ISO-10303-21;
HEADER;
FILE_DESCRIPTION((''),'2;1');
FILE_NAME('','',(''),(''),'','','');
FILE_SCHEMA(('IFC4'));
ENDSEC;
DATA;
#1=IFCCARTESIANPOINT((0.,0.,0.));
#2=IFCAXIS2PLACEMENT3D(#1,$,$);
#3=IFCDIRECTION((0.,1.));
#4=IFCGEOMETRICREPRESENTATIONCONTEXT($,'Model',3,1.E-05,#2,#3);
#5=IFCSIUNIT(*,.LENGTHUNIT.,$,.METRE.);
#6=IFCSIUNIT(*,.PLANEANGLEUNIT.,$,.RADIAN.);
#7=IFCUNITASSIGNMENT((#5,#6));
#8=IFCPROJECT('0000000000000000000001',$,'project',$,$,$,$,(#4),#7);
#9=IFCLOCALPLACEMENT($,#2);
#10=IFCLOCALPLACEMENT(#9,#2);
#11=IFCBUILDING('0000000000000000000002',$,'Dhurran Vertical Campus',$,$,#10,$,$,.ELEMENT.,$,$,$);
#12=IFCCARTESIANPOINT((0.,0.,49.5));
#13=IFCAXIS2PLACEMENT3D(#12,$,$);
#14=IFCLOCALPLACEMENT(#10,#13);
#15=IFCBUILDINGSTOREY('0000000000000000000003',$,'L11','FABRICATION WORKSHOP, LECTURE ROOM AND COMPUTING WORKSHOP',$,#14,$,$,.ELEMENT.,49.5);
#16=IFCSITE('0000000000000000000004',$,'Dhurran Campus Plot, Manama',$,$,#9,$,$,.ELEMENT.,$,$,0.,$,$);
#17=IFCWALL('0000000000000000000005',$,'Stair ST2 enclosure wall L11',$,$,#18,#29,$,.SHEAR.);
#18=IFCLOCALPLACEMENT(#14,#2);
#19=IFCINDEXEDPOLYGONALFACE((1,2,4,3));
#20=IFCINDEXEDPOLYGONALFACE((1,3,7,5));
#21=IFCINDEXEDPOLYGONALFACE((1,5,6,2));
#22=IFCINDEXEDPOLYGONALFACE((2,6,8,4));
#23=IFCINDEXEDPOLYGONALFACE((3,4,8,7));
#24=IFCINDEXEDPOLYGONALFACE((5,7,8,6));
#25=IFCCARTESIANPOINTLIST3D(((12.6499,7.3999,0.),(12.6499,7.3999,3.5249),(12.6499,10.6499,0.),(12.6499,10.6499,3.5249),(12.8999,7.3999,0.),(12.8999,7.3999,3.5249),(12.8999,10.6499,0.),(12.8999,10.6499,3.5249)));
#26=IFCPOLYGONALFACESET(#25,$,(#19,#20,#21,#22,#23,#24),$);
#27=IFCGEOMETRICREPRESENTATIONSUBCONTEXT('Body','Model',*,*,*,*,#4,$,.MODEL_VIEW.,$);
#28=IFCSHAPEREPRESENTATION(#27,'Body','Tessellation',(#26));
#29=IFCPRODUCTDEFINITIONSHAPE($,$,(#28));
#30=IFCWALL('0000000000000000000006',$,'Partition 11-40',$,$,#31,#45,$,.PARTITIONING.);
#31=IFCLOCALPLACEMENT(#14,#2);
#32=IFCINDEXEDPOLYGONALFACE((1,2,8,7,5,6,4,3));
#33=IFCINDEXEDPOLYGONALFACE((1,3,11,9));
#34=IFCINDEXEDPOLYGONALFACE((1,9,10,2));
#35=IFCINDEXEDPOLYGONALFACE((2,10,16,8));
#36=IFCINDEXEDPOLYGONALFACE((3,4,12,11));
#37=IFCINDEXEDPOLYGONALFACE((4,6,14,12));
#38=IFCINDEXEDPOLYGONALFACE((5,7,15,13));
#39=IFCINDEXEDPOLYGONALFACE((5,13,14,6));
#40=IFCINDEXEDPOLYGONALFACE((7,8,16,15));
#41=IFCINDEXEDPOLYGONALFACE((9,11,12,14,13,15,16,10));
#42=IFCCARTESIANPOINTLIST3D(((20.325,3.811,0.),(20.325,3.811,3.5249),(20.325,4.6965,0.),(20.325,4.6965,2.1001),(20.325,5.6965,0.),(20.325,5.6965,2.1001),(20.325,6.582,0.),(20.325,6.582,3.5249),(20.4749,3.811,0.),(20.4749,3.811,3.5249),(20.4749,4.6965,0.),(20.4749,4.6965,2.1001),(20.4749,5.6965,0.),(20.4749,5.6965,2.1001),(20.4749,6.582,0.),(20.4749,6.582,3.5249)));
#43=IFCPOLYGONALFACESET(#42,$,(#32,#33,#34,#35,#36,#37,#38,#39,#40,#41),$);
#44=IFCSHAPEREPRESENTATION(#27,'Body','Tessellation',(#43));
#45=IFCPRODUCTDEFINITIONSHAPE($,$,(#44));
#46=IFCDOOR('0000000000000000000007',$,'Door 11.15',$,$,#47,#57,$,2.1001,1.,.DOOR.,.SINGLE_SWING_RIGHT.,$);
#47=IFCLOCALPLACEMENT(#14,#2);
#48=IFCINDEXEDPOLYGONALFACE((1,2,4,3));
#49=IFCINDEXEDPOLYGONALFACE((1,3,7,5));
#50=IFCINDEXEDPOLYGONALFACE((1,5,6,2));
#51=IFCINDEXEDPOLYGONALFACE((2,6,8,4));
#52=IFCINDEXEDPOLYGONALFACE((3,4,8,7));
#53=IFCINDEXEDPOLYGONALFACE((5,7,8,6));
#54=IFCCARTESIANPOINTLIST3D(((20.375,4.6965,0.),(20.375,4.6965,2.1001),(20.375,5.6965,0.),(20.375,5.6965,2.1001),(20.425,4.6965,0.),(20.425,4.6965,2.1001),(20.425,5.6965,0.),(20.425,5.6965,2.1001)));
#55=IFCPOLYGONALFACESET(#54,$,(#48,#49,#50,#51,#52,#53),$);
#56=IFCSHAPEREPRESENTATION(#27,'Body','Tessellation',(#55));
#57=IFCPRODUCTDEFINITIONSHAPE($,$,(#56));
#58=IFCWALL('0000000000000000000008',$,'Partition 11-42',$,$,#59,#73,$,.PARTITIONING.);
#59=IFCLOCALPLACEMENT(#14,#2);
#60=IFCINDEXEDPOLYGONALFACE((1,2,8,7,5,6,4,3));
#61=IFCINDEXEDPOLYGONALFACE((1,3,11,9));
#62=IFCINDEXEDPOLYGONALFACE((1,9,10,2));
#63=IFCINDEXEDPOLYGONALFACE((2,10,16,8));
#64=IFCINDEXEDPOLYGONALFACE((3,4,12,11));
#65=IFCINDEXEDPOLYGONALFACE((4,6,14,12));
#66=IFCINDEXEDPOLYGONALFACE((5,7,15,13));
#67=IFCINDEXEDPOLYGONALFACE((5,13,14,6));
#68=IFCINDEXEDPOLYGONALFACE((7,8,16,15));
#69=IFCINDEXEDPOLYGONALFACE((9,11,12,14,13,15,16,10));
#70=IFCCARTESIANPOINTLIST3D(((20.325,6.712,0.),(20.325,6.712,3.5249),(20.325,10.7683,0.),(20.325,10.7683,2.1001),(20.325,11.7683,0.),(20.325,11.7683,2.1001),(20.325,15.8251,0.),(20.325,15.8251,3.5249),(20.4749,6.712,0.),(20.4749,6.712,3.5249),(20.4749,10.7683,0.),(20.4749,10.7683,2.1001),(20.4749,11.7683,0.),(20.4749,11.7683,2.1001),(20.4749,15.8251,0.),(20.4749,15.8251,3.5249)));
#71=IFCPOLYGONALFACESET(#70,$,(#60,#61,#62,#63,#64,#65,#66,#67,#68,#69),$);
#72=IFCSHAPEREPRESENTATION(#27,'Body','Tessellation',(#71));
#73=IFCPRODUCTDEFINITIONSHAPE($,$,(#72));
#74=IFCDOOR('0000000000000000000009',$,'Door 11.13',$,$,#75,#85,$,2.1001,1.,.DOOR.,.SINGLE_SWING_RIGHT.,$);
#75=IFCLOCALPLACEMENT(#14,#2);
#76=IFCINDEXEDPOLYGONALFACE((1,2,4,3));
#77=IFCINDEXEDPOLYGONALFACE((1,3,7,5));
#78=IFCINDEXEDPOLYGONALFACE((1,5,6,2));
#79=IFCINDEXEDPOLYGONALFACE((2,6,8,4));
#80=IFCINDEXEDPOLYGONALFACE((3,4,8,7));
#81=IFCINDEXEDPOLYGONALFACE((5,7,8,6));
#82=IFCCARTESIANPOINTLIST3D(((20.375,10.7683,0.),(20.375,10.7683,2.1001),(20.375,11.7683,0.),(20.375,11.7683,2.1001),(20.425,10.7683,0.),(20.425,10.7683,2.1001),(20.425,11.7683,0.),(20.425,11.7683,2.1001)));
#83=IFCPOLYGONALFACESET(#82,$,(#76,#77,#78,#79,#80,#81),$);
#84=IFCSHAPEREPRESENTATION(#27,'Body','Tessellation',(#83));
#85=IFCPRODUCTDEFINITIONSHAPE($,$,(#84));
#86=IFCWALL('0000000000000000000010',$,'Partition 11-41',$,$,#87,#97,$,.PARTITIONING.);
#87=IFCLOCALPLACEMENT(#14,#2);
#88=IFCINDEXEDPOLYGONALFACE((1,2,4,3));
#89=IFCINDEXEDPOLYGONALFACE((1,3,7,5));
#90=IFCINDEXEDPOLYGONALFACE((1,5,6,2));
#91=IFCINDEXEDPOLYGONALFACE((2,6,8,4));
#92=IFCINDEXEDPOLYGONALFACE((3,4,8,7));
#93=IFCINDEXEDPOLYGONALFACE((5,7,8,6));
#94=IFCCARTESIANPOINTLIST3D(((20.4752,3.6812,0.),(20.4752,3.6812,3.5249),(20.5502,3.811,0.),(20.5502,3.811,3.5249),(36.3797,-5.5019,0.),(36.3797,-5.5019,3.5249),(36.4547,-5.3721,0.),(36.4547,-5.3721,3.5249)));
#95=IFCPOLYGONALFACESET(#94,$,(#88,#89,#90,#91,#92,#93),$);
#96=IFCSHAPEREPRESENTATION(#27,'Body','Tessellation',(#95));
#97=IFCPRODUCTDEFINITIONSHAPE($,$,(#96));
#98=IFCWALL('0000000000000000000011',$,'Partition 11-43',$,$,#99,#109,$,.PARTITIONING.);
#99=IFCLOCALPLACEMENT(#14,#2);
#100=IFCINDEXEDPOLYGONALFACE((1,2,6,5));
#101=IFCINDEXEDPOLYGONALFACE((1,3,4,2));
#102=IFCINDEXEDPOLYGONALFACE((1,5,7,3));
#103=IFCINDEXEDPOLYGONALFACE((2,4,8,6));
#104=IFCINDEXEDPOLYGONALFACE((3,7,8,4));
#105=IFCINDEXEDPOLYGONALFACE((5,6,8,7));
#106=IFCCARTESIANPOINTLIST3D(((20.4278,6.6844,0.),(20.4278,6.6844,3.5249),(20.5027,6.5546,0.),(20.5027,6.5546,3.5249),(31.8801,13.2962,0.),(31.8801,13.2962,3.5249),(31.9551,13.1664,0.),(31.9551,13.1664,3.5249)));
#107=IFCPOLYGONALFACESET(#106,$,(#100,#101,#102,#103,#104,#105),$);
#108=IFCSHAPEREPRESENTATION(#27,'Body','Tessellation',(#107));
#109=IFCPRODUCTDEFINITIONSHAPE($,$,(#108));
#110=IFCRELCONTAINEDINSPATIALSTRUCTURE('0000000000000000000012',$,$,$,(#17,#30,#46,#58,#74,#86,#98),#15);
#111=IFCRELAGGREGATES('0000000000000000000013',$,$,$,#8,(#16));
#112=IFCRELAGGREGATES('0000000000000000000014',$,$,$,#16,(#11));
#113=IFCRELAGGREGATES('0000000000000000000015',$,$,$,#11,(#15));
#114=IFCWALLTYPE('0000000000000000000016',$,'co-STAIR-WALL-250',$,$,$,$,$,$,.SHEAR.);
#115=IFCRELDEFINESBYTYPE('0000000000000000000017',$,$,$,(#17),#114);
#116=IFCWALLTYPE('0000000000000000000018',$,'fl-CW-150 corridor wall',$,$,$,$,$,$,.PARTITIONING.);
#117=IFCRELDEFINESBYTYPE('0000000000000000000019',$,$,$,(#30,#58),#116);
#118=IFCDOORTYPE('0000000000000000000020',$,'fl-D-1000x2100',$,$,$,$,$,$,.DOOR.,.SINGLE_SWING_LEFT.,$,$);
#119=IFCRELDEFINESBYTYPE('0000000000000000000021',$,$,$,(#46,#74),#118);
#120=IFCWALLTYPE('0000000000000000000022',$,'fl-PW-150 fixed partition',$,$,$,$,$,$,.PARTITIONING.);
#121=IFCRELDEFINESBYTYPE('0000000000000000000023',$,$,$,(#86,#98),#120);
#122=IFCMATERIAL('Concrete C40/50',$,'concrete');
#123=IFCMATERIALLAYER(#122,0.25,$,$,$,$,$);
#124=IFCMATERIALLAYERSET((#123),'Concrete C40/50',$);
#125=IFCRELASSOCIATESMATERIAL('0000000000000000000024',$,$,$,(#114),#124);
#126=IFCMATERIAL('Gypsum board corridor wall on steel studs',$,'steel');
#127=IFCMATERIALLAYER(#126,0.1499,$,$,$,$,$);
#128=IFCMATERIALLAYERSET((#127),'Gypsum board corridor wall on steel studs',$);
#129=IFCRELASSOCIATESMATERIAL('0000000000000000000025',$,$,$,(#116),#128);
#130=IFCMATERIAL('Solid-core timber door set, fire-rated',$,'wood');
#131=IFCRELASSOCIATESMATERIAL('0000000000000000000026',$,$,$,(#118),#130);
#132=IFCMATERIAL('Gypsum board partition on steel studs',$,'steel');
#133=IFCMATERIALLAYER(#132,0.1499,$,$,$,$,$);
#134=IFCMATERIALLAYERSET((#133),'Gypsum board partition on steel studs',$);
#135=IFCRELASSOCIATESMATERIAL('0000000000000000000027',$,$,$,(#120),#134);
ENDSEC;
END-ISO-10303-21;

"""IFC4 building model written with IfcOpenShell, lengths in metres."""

from ifc_helpers import new_model, si_unit, direction, frame, frame_2d, origin, place, context, subcontext, project, spatial, rectangle, extrude, material, layer, layer_set, type_object, element, fill, save


model = new_model("IFC4")

# Units and contexts
model_context = context("Model", 3, precision=1e-05, world=origin(), true_north=direction((0.0, 1.0)))
body_context = subcontext(model_context, "Body", "Model", "MODEL_VIEW")
ifc_project = project(units=[si_unit("LENGTHUNIT", "METRE"), si_unit("PLANEANGLEUNIT", "RADIAN")], contexts=[model_context])

# Site, building, storey
site_placement = place(None, origin())
site = spatial("IfcSite", under=ifc_project, at=site_placement, Name="Dhurran Campus Plot, Manama", CompositionType="ELEMENT", RefElevation=0.0)
building_placement = place(site_placement, origin())
building = spatial("IfcBuilding", under=site, at=building_placement, Name="Dhurran Vertical Campus", CompositionType="ELEMENT")
storey_placement = place(building_placement, frame((0.0, 0.0, 49.5)))
storey = spatial("IfcBuildingStorey", under=building, at=storey_placement, Name="L11", Description="FABRICATION WORKSHOP, LECTURE ROOM AND COMPUTING WORKSHOP", CompositionType="ELEMENT", Elevation=49.5)

# Wall
ifc_material_1 = material(Name="Concrete C40/50", Category="concrete")
ifc_layer_1 = layer(ifc_material_1, 0.25)
ifc_layer_set_1 = layer_set([ifc_layer_1], Name="Concrete C40/50")
wall_type_1 = type_object("IfcWallType", Name="co-STAIR-WALL-250", PredefinedType="SHEAR", material=ifc_layer_set_1)
wall_1_placement = place(storey_placement, frame((12.7749, 7.3999, 0.0), z_axis=(0.0, 0.0, 1.0), x_axis=(0.0, 1.0, 0.0)))
element("IfcWall", 1, at=wall_1_placement, inside=storey, type_object=wall_type_1, Name="Stair ST2 enclosure wall L11", PredefinedType="SHEAR", context=body_context, shape_type="SweptSolid", body=[
    extrude(rectangle(XDim=3.25, YDim=0.25, at=frame_2d((1.625, 0.0))), origin(), (0.0, 0.0, 1.0), 3.5249),
])

# Walls, openings, doors
ifc_material_2 = material(Name="Gypsum board corridor wall on steel studs", Category="steel")
ifc_layer_2 = layer(ifc_material_2, 0.1499)
ifc_layer_set_2 = layer_set([ifc_layer_2], Name="Gypsum board corridor wall on steel studs")
wall_type_2 = type_object("IfcWallType", Name="fl-CW-150 corridor wall", PredefinedType="PARTITIONING", material=ifc_layer_set_2)
wall_2_placement = place(storey_placement, frame((20.3999, 3.811, 0.0), z_axis=(0.0, 0.0, 1.0), x_axis=(0.0, 1.0, 0.0)))
wall_2 = element("IfcWall", 2, at=wall_2_placement, inside=storey, type_object=wall_type_2, Name="Partition 11-40", PredefinedType="PARTITIONING", context=body_context, shape_type="SweptSolid", body=[
    extrude(rectangle(XDim=2.771, YDim=0.1499, at=frame_2d((1.3855, 0.0))), origin(), (0.0, 0.0, 1.0), 3.5249),
])
opening_1_placement = place(wall_2_placement, frame((0.8855, 0.0, 0.0)))
opening_1 = element("IfcOpeningElement", 3, at=opening_1_placement, cuts=wall_2, PredefinedType="OPENING", context=body_context, shape_type="SweptSolid", body=[
    extrude(rectangle(XDim=1.0, YDim=2.1001, at=frame_2d((0.5, 1.05))), frame((0.0, 0.085, 0.0), z_axis=(0.0, -1.0, 0.0), x_axis=(1.0, 0.0, 0.0)), (0.0, 0.0, 1.0), 0.1699),
])
ifc_material_3 = material(Name="Solid-core timber door set, fire-rated", Category="wood")
door_type_1 = type_object("IfcDoorType", Name="fl-D-1000x2100", OperationType="SINGLE_SWING_LEFT", PredefinedType="DOOR", material=ifc_material_3)
door_1_placement = place(opening_1_placement, origin())
door_1 = element("IfcDoor", 4, at=door_1_placement, inside=storey, type_object=door_type_1, Name="Door 11.15", OperationType="SINGLE_SWING_RIGHT", OverallHeight=2.1001, OverallWidth=1.0, PredefinedType="DOOR", context=body_context, shape_type="SweptSolid", body=[
    extrude(rectangle(XDim=1.0, YDim=2.1001, at=frame_2d((0.5, 1.05))), frame((0.0, 0.0249, 0.0), z_axis=(0.0, -1.0, 0.0), x_axis=(1.0, 0.0, 0.0)), (0.0, 0.0, 1.0), 0.05),
])
fill(opening_1, door_1)
wall_3_placement = place(storey_placement, frame((20.3999, 6.7119, 0.0), z_axis=(0.0, 0.0, 1.0), x_axis=(0.0, 1.0, 0.0)))
wall_3 = element("IfcWall", 5, at=wall_3_placement, inside=storey, type_object=wall_type_2, Name="Partition 11-42", PredefinedType="PARTITIONING", context=body_context, shape_type="SweptSolid", body=[
    extrude(rectangle(XDim=9.113, YDim=0.1499, at=frame_2d((4.5566, 0.0))), origin(), (0.0, 0.0, 1.0), 3.5249),
])
opening_2_placement = place(wall_3_placement, frame((4.0564, 0.0, 0.0)))
opening_2 = element("IfcOpeningElement", 6, at=opening_2_placement, cuts=wall_3, PredefinedType="OPENING", context=body_context, shape_type="SweptSolid", body=[
    extrude(rectangle(XDim=1.0, YDim=2.1001, at=frame_2d((0.5, 1.05))), frame((0.0, 0.085, 0.0), z_axis=(0.0, -1.0, 0.0), x_axis=(1.0, 0.0, 0.0)), (0.0, 0.0, 1.0), 0.1699),
])
door_2_placement = place(opening_2_placement, origin())
door_2 = element("IfcDoor", 7, at=door_2_placement, inside=storey, type_object=door_type_1, Name="Door 11.13", OperationType="SINGLE_SWING_RIGHT", OverallHeight=2.1001, OverallWidth=1.0, PredefinedType="DOOR", context=body_context, shape_type="SweptSolid", body=[
    extrude(rectangle(XDim=1.0, YDim=2.1001, at=frame_2d((0.5, 1.05))), frame((0.0, 0.0249, 0.0), z_axis=(0.0, -1.0, 0.0), x_axis=(1.0, 0.0, 0.0)), (0.0, 0.0, 1.0), 0.05),
])
fill(opening_2, door_2)

# Walls
ifc_material_4 = material(Name="Gypsum board partition on steel studs", Category="steel")
ifc_layer_3 = layer(ifc_material_4, 0.1499)
ifc_layer_set_3 = layer_set([ifc_layer_3], Name="Gypsum board partition on steel studs")
wall_type_3 = type_object("IfcWallType", Name="fl-PW-150 fixed partition", PredefinedType="PARTITIONING", material=ifc_layer_set_3)
wall_4_placement = place(storey_placement, frame((20.5127, 3.7461, 0.0), z_axis=(0.0, 0.0, 1.0), x_axis=(0.866011, -0.500025, 0.0)))
element("IfcWall", 8, at=wall_4_placement, inside=storey, type_object=wall_type_3, Name="Partition 11-41", PredefinedType="PARTITIONING", context=body_context, shape_type="SweptSolid", body=[
    extrude(rectangle(XDim=18.3652, YDim=0.1499, at=frame_2d((9.1826, 0.0))), origin(), (0.0, 0.0, 1.0), 3.5249),
])
wall_5_placement = place(storey_placement, frame((31.9175, 13.2312, 0.0), z_axis=(0.0, 0.0, 1.0), x_axis=(-0.866033, -0.499987, 0.0)))
element("IfcWall", 9, at=wall_5_placement, inside=storey, type_object=wall_type_3, Name="Partition 11-43", PredefinedType="PARTITIONING", context=body_context, shape_type="SweptSolid", body=[
    extrude(rectangle(XDim=13.2239, YDim=0.1499, at=frame_2d((6.6118, 0.0))), origin(), (0.0, 0.0, 1.0), 3.5249),
])

save(model, "model.ifc")
